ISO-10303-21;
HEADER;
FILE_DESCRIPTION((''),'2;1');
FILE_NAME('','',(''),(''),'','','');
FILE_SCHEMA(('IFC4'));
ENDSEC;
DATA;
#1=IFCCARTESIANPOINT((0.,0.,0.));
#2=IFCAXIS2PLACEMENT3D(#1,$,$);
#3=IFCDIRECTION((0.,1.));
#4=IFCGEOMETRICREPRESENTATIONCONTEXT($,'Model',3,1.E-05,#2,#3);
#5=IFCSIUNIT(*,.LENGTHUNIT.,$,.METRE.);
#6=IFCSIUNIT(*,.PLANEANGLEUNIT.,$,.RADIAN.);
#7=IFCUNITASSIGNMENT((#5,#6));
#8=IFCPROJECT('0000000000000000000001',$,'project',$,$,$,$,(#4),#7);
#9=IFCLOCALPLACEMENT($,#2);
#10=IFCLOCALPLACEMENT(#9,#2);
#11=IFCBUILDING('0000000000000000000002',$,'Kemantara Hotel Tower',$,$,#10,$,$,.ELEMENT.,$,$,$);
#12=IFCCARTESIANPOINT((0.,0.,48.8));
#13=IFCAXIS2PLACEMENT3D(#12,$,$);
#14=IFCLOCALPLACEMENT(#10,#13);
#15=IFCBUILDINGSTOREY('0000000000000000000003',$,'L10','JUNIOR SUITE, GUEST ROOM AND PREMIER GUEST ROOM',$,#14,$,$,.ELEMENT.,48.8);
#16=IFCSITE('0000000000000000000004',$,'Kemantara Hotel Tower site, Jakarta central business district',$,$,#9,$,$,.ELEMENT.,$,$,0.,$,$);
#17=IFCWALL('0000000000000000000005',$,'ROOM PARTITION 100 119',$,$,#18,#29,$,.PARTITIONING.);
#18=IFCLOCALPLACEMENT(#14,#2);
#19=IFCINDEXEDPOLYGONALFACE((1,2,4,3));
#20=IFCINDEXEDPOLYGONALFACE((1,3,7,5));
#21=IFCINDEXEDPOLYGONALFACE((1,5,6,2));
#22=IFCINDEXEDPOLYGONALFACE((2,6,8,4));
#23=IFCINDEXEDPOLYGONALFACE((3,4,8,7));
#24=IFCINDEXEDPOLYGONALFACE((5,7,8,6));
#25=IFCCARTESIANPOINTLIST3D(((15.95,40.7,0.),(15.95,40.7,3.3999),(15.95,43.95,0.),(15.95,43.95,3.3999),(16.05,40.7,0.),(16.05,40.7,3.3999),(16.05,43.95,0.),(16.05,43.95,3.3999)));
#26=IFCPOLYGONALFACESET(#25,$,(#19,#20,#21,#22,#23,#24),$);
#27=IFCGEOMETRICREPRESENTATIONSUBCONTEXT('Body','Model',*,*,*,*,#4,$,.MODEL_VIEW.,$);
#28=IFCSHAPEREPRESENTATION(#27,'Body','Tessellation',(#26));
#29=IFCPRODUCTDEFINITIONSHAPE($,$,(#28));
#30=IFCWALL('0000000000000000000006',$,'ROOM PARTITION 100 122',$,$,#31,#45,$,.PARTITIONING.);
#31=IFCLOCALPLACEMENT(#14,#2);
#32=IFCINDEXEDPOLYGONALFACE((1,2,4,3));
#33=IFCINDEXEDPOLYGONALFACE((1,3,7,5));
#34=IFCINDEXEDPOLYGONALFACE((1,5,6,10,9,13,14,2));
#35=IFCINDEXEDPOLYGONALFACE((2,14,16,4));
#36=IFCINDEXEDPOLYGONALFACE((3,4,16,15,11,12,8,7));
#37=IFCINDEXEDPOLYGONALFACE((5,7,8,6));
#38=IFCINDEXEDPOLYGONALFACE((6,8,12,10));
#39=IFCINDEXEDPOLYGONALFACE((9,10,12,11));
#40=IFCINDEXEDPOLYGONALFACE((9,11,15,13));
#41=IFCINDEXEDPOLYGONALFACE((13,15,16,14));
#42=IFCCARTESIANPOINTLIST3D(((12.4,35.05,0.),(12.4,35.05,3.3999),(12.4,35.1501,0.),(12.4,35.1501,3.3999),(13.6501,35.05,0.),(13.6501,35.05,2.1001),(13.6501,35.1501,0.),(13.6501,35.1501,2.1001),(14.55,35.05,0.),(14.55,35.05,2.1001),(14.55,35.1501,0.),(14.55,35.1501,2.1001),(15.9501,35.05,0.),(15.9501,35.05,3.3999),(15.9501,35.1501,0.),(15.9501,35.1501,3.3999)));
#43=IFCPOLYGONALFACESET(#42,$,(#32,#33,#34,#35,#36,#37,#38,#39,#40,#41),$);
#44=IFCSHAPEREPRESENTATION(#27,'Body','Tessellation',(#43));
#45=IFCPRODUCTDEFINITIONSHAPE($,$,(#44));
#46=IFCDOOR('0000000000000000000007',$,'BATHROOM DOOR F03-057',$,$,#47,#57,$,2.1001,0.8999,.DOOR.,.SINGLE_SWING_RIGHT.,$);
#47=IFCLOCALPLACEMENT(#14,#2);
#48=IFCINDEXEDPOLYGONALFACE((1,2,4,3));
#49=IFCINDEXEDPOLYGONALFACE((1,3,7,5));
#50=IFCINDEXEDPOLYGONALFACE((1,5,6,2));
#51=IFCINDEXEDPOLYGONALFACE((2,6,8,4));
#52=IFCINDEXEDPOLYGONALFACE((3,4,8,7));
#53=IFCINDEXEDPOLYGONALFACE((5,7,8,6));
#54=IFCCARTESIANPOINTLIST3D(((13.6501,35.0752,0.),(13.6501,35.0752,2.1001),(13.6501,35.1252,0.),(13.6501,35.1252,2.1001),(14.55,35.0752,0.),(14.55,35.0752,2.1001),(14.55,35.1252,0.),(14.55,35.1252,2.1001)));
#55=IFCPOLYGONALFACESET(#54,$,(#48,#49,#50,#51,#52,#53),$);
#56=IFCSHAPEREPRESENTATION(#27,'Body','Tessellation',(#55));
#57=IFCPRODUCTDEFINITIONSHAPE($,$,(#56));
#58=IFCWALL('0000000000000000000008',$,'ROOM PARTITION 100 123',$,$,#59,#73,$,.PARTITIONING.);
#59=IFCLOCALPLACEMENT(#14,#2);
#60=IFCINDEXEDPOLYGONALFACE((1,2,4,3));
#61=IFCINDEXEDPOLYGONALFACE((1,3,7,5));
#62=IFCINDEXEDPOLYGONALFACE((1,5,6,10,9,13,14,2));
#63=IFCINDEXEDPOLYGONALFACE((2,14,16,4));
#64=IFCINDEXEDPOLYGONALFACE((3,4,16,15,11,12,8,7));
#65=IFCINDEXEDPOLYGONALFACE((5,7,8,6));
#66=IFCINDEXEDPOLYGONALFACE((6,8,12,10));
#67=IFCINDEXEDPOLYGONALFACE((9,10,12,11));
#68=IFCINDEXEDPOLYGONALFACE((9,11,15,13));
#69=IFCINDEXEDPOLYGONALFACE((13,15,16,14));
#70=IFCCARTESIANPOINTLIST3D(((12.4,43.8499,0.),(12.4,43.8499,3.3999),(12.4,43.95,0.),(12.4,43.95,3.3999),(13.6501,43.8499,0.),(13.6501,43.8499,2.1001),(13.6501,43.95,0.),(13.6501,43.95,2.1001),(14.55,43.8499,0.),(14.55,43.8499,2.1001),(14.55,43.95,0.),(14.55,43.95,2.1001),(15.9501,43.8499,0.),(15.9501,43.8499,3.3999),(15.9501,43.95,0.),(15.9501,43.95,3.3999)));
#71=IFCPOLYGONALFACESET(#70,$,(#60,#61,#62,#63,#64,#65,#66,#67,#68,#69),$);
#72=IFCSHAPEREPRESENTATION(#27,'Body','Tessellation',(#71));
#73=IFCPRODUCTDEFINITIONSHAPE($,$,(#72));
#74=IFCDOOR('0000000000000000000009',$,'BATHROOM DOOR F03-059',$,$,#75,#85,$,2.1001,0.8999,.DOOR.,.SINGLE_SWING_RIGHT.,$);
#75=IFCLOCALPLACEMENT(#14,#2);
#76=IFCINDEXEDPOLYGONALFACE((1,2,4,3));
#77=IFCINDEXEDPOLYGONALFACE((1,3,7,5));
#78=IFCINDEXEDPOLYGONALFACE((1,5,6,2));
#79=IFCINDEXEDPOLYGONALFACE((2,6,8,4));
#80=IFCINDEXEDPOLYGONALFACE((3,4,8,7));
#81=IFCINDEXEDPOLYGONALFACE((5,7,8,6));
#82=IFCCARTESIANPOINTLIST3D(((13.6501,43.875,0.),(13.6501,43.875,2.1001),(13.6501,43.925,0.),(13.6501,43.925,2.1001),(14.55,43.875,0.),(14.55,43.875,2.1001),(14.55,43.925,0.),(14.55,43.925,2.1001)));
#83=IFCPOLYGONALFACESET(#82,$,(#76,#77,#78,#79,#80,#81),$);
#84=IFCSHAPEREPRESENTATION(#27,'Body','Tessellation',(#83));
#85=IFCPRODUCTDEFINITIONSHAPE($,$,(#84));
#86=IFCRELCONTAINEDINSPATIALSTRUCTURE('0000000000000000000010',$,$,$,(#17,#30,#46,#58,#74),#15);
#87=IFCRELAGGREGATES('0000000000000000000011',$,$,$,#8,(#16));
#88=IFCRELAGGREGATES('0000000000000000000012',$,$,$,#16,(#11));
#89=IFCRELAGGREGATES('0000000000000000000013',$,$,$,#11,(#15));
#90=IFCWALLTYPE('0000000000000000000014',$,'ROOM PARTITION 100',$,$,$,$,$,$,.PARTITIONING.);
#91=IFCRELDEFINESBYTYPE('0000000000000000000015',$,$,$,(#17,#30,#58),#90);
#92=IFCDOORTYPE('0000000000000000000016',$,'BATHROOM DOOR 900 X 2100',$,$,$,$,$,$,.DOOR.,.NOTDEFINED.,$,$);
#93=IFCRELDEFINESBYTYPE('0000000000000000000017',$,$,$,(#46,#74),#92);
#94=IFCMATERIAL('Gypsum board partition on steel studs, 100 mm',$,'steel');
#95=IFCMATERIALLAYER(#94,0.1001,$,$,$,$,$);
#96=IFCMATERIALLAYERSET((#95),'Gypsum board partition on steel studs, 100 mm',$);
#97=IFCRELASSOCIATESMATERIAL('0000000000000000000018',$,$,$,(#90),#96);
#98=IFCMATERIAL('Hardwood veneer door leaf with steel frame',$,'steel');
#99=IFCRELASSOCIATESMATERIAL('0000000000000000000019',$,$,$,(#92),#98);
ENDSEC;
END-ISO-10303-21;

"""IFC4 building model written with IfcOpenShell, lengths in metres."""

from ifc_helpers import new_model, si_unit, direction, frame, frame_2d, origin, place, context, subcontext, project, spatial, rectangle, extrude, material, layer, layer_set, type_object, element, fill, save


model = new_model("IFC4")

# Units and contexts
model_context = context("Model", 3, precision=1e-05, world=origin(), true_north=direction((0.0, 1.0)))
body_context = subcontext(model_context, "Body", "Model", "MODEL_VIEW")
ifc_project = project(units=[si_unit("LENGTHUNIT", "METRE"), si_unit("PLANEANGLEUNIT", "RADIAN")], contexts=[model_context])

# Site, building, storey
site_placement = place(None, origin())
site = spatial("IfcSite", under=ifc_project, at=site_placement, Name="Kemantara Hotel Tower site, Jakarta central business district", CompositionType="ELEMENT", RefElevation=0.0)
building_placement = place(site_placement, origin())
building = spatial("IfcBuilding", under=site, at=building_placement, Name="Kemantara Hotel Tower", CompositionType="ELEMENT")
storey_placement = place(building_placement, frame((0.0, 0.0, 48.8)))
storey = spatial("IfcBuildingStorey", under=building, at=storey_placement, Name="L10", Description="JUNIOR SUITE, GUEST ROOM AND PREMIER GUEST ROOM", CompositionType="ELEMENT", Elevation=48.8)

# Shared definitions
ifc_material_1 = material(Name="Hardwood veneer door leaf with steel frame", Category="steel")

# Shared definitions
ifc_material_2 = material(Name="Gypsum board partition on steel studs, 100 mm", Category="steel")
ifc_layer_1 = layer(ifc_material_2, 0.1001)
ifc_layer_set_1 = layer_set([ifc_layer_1], Name="Gypsum board partition on steel studs, 100 mm")
wall_type_1 = type_object("IfcWallType", Name="ROOM PARTITION 100", PredefinedType="PARTITIONING", material=ifc_layer_set_1)
door_type_1 = type_object("IfcDoorType", Name="BATHROOM DOOR 900 X 2100", OperationType="NOTDEFINED", PredefinedType="DOOR", material=ifc_material_1)

# Wall
for number, where, z_axis, x_axis, name in (
    (1, (16.0, 40.7, 0.0), (0.0, 0.0, 1.0), (0.0, 1.0, 0.0), "ROOM PARTITION 100 119"),
):
    element("IfcWall", number, at=place(storey_placement, frame(where, z_axis=z_axis, x_axis=x_axis)), inside=storey, type_object=wall_type_1, Name=name, PredefinedType="PARTITIONING", context=body_context, shape_type="SweptSolid", body=[
        extrude(rectangle(XDim=3.25, YDim=0.1001, at=frame_2d((1.625, 0.0))), origin(), (0.0, 0.0, 1.0), 3.3999),
    ])

# Walls, openings, doors
wall_1_placement = place(storey_placement, frame((15.95, 35.1001, 0.0), z_axis=(0.0, 0.0, 1.0), x_axis=(-1.0, 0.0, 0.0)))
wall_1 = element("IfcWall", 2, at=wall_1_placement, inside=storey, type_object=wall_type_1, Name="ROOM PARTITION 100 122", PredefinedType="PARTITIONING", context=body_context, shape_type="SweptSolid", body=[
    extrude(rectangle(XDim=3.55, YDim=0.1001, at=frame_2d((1.7749, 0.0))), origin(), (0.0, 0.0, 1.0), 3.3999),
])
opening_1_placement = place(wall_1_placement, frame((1.3999, 0.0, 0.0)))
opening_1 = element("IfcOpeningElement", 3, at=opening_1_placement, cuts=wall_1, PredefinedType="OPENING", context=body_context, shape_type="SweptSolid", body=[
    extrude(rectangle(XDim=0.8999, YDim=2.1001, at=frame_2d((0.45, 1.05))), frame((0.0, 0.0601, 0.0), z_axis=(0.0, -1.0, 0.0), x_axis=(1.0, 0.0, 0.0)), (0.0, 0.0, 1.0), 0.1201),
])
door_1_placement = place(opening_1_placement, origin())
door_1 = element("IfcDoor", 4, at=door_1_placement, inside=storey, type_object=door_type_1, Name="BATHROOM DOOR F03-057", OperationType="SINGLE_SWING_RIGHT", OverallHeight=2.1001, OverallWidth=0.8999, PredefinedType="DOOR", context=body_context, shape_type="SweptSolid", body=[
    extrude(rectangle(XDim=0.8999, YDim=2.1001, at=frame_2d((0.45, 1.05))), frame((0.0, 0.0249, 0.0), z_axis=(0.0, -1.0, 0.0), x_axis=(1.0, 0.0, 0.0)), (0.0, 0.0, 1.0), 0.05),
])
fill(opening_1, door_1)
wall_2_placement = place(storey_placement, frame((15.95, 43.8999, 0.0), z_axis=(0.0, 0.0, 1.0), x_axis=(-1.0, 0.0, 0.0)))
wall_2 = element("IfcWall", 5, at=wall_2_placement, inside=storey, type_object=wall_type_1, Name="ROOM PARTITION 100 123", PredefinedType="PARTITIONING", context=body_context, shape_type="SweptSolid", body=[
    extrude(rectangle(XDim=3.55, YDim=0.1001, at=frame_2d((1.7749, 0.0))), origin(), (0.0, 0.0, 1.0), 3.3999),
])
opening_2_placement = place(wall_2_placement, frame((1.3999, 0.0, 0.0)))
opening_2 = element("IfcOpeningElement", 6, at=opening_2_placement, cuts=wall_2, PredefinedType="OPENING", context=body_context, shape_type="SweptSolid", body=[
    extrude(rectangle(XDim=0.8999, YDim=2.1001, at=frame_2d((0.45, 1.05))), frame((0.0, 0.0601, 0.0), z_axis=(0.0, -1.0, 0.0), x_axis=(1.0, 0.0, 0.0)), (0.0, 0.0, 1.0), 0.1201),
])
door_2_placement = place(opening_2_placement, origin())
door_2 = element("IfcDoor", 7, at=door_2_placement, inside=storey, type_object=door_type_1, Name="BATHROOM DOOR F03-059", OperationType="SINGLE_SWING_RIGHT", OverallHeight=2.1001, OverallWidth=0.8999, PredefinedType="DOOR", context=body_context, shape_type="SweptSolid", body=[
    extrude(rectangle(XDim=0.8999, YDim=2.1001, at=frame_2d((0.45, 1.05))), frame((0.0, 0.0249, 0.0), z_axis=(0.0, -1.0, 0.0), x_axis=(1.0, 0.0, 0.0)), (0.0, 0.0, 1.0), 0.05),
])
fill(opening_2, door_2)

save(model, "model.ifc")
